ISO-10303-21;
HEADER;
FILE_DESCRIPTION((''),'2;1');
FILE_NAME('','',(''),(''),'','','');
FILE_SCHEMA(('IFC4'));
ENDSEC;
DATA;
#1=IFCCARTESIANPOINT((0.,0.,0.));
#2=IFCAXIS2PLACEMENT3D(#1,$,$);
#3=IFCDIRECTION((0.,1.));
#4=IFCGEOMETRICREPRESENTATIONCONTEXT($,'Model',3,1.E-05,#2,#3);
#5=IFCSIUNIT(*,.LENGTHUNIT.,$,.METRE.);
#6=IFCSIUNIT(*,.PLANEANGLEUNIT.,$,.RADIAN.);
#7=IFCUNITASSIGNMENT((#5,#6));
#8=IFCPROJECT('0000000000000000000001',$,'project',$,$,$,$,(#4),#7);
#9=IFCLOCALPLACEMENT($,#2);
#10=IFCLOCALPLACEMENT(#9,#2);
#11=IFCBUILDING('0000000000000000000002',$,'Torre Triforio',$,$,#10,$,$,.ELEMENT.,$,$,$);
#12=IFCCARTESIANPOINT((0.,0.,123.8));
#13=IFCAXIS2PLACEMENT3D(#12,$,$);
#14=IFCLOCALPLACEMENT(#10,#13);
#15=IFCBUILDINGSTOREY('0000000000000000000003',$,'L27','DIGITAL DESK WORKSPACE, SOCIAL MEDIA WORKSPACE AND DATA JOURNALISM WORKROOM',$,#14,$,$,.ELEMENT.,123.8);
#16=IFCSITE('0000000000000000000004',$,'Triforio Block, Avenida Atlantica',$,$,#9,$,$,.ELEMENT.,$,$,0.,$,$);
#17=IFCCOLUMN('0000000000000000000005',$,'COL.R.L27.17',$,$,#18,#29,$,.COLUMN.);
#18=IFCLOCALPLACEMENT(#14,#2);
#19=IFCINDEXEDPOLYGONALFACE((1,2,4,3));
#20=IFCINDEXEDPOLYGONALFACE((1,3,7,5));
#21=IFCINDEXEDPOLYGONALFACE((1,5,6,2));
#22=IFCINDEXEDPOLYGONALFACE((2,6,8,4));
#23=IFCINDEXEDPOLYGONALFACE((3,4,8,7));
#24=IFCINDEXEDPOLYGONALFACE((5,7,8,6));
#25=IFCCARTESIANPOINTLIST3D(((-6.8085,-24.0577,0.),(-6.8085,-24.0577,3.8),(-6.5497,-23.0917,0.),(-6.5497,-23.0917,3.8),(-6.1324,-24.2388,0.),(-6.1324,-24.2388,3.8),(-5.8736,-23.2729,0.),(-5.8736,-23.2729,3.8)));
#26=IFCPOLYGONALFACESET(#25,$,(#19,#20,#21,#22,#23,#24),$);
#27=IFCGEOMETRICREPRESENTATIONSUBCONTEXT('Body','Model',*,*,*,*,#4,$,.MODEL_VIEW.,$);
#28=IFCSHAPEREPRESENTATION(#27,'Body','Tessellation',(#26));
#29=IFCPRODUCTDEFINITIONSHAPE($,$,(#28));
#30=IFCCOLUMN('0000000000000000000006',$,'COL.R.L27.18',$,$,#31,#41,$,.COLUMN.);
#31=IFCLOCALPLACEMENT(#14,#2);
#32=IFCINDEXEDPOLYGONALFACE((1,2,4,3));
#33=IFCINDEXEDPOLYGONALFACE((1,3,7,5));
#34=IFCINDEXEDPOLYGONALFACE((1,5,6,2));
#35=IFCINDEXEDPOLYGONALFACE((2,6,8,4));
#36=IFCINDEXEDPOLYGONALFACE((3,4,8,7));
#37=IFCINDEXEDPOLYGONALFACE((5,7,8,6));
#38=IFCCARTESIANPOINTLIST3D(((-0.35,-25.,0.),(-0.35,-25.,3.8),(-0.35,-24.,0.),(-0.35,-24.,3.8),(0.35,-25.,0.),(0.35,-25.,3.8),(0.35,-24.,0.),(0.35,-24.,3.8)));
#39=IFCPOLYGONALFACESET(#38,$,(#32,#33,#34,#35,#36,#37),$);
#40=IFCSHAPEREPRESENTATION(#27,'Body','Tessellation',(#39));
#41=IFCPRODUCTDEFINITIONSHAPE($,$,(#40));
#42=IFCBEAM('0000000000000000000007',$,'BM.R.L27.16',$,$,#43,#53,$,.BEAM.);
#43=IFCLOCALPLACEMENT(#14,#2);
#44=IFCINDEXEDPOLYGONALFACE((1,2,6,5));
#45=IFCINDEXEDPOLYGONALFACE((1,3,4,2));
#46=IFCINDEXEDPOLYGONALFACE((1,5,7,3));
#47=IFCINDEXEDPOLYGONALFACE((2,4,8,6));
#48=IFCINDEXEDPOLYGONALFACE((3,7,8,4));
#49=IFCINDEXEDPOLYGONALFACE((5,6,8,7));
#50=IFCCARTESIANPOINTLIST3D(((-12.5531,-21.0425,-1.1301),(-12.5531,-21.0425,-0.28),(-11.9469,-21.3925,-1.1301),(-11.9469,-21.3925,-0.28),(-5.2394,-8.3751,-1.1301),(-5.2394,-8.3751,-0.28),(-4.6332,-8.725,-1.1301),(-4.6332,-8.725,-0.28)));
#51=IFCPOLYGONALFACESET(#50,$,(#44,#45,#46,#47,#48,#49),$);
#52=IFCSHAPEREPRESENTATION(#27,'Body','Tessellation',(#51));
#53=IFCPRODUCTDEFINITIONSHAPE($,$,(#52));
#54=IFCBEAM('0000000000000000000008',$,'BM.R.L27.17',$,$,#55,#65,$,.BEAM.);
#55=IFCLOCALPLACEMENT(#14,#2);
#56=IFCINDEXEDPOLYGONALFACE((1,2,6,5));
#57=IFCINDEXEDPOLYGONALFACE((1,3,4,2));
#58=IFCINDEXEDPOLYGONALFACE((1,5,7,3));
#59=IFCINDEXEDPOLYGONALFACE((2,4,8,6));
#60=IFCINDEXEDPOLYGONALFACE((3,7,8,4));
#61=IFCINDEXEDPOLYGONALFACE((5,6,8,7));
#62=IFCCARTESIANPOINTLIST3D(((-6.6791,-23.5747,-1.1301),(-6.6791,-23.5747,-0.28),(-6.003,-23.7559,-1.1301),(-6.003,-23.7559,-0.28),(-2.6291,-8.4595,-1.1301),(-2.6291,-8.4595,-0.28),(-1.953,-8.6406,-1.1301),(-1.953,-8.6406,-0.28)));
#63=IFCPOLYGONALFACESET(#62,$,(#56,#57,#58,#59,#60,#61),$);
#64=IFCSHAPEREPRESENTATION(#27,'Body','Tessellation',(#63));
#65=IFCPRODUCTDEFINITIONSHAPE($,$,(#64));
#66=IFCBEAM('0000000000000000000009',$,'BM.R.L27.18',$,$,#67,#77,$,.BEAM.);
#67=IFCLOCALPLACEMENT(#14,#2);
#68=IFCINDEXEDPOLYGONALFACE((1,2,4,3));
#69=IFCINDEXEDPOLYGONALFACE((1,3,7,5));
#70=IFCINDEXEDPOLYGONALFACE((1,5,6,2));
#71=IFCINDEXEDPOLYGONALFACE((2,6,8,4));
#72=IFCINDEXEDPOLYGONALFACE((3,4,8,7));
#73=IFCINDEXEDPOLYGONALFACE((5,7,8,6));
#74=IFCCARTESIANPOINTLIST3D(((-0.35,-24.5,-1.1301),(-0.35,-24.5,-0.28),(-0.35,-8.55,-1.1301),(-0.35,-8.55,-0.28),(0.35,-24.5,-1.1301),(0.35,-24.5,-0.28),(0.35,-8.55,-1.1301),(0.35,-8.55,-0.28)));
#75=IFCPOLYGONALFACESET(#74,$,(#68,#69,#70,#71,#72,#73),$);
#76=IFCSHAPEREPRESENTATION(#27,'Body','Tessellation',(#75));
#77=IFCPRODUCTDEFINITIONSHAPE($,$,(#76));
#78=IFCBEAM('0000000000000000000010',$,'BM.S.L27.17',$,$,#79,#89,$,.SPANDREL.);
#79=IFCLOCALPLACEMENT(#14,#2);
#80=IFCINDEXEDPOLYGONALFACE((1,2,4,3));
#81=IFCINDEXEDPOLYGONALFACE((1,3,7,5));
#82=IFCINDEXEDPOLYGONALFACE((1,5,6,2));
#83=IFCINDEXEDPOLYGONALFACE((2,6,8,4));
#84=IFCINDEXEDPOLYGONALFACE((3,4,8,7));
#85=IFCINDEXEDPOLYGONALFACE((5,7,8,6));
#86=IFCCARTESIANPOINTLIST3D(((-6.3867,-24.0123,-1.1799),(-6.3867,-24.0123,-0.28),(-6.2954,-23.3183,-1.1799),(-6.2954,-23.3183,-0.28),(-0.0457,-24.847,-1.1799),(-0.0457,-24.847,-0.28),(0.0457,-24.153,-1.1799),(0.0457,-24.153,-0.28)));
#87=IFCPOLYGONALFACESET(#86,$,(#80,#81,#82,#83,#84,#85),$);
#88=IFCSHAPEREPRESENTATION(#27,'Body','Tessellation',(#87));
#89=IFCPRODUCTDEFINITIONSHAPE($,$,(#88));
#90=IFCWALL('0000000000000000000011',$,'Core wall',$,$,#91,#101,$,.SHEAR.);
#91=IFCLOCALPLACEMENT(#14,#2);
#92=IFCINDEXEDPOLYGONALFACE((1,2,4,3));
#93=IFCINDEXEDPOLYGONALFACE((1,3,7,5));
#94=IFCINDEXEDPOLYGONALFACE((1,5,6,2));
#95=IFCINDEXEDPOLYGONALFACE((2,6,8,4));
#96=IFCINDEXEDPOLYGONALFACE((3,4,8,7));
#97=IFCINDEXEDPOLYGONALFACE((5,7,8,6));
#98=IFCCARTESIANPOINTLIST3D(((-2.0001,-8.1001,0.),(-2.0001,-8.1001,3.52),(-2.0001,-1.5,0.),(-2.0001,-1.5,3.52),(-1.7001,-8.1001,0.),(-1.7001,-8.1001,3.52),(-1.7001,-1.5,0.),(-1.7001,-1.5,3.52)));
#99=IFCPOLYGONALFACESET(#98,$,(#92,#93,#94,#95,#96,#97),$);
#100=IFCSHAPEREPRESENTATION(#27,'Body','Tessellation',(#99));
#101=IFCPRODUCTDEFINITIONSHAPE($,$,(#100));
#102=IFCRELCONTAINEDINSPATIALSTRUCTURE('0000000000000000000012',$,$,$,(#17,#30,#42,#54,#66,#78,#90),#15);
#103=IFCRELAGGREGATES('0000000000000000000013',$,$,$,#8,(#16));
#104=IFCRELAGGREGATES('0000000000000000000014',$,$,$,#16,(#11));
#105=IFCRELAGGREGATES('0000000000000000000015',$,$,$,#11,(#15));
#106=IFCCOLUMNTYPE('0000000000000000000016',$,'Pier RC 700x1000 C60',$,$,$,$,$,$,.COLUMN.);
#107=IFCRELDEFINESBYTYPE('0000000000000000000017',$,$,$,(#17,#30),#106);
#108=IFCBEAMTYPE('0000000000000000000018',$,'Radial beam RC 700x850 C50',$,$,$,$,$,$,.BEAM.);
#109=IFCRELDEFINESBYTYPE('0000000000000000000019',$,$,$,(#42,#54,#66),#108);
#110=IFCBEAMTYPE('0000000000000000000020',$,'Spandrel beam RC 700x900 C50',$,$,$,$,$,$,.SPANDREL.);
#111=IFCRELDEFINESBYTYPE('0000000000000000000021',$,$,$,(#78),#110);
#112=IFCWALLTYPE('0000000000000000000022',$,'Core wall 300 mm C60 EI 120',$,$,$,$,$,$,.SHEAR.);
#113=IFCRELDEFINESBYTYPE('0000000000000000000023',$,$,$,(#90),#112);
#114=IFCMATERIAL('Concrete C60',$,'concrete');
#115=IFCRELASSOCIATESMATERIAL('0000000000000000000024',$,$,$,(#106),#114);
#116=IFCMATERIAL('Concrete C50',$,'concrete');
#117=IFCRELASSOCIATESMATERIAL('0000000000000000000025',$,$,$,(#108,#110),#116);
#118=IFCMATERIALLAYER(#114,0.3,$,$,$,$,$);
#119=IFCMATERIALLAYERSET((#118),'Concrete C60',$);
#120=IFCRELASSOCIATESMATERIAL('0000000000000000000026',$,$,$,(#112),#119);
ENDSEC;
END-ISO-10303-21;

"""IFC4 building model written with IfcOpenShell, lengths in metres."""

from ifc_helpers import new_model, si_unit, direction, frame, frame_2d, origin, origin_2d, place, context, subcontext, project, spatial, rectangle, extrude, material, layer, layer_set, material_profile, profile_set, type_object, element, save


model = new_model("IFC4")

# Units and contexts
model_context = context("Model", 3, precision=1e-05, world=origin(), true_north=direction((0.0, 1.0)))
body_context = subcontext(model_context, "Body", "Model", "MODEL_VIEW")
ifc_project = project(units=[si_unit("LENGTHUNIT", "METRE"), si_unit("PLANEANGLEUNIT", "RADIAN")], contexts=[model_context])

# Site, building, storey
site_placement = place(None, origin())
site = spatial("IfcSite", under=ifc_project, at=site_placement, Name="Triforio Block, Avenida Atlantica", CompositionType="ELEMENT", RefElevation=0.0)
building_placement = place(site_placement, origin())
building = spatial("IfcBuilding", under=site, at=building_placement, Name="Torre Triforio", CompositionType="ELEMENT")
storey_placement = place(building_placement, frame((0.0, 0.0, 123.8)))
storey = spatial("IfcBuildingStorey", under=building, at=storey_placement, Name="L27", Description="DIGITAL DESK WORKSPACE, SOCIAL MEDIA WORKSPACE AND DATA JOURNALISM WORKROOM", CompositionType="ELEMENT", Elevation=123.8)

# Columns
ifc_material_1 = material(Name="Concrete C60", Category="concrete")
ifc_material_profile_1 = material_profile(ifc_material_1, rectangle(XDim=0.7, YDim=1.0, at=origin_2d()), Name="RC 700x1000")
ifc_profile_set_1 = profile_set([ifc_material_profile_1], Name="Concrete C60")
column_type = type_object("IfcColumnType", Name="Pier RC 700x1000 C60", PredefinedType="COLUMN", material=ifc_profile_set_1)
for number, where, z_axis, x_axis, name in (
    (1, (-6.3411, -23.6653, 0.0), (0.0, 0.0, 1.0), (0.965926, -0.258819, 0.0), "COL.R.L27.17"),
    (2, (0.0, -24.5, 0.0), (0.0, 0.0, 1.0), (1.0, 0.0, 0.0), "COL.R.L27.18"),
):
    element("IfcColumn", number, at=place(storey_placement, frame(where, z_axis=z_axis, x_axis=x_axis)), inside=storey, type_object=column_type, Name=name, PredefinedType="COLUMN", context=body_context, shape_type="SweptSolid", body=[
        extrude(rectangle(XDim=0.7, YDim=1.0, at=origin_2d()), origin(), (0.0, 0.0, 1.0), 3.8),
    ])

# Beams
ifc_material_2 = material(Name="Concrete C50", Category="concrete")
ifc_material_profile_2 = material_profile(ifc_material_2, rectangle(XDim=0.7, YDim=0.8501, at=origin_2d()), Name="RC 700x850")
ifc_profile_set_2 = profile_set([ifc_material_profile_2], Name="Concrete C50")
beam_type_1 = type_object("IfcBeamType", Name="Radial beam RC 700x850 C50", PredefinedType="BEAM", material=ifc_profile_set_2)
beam_1_placement = place(storey_placement, frame((-4.9363, -8.55, -0.7051), z_axis=(-0.500008, -0.866021, 0.0), x_axis=(0.866021, -0.500008, 0.0)))
element("IfcBeam", 3, at=beam_1_placement, inside=storey, type_object=beam_type_1, Name="BM.R.L27.16", PredefinedType="BEAM", context=body_context, shape_type="SweptSolid", body=[
    extrude(rectangle(XDim=0.7, YDim=0.8501, at=origin_2d()), origin(), (0.0, 0.0, 1.0), 14.6272),
])
beam_2_placement = place(storey_placement, frame((-2.291, -8.55, -0.7051), z_axis=(-0.258815, -0.965927, 0.0), x_axis=(0.965927, -0.258815, 0.0)))
element("IfcBeam", 4, at=beam_2_placement, inside=storey, type_object=beam_type_1, Name="BM.R.L27.17", PredefinedType="BEAM", context=body_context, shape_type="SweptSolid", body=[
    extrude(rectangle(XDim=0.7, YDim=0.8501, at=origin_2d()), origin(), (0.0, 0.0, 1.0), 15.6484),
])
beam_3_placement = place(storey_placement, frame((0.0, -8.55, -0.7051), z_axis=(0.0, -1.0, 0.0), x_axis=(1.0, 0.0, 0.0)))
element("IfcBeam", 5, at=beam_3_placement, inside=storey, type_object=beam_type_1, Name="BM.R.L27.18", PredefinedType="BEAM", context=body_context, shape_type="SweptSolid", body=[
    extrude(rectangle(XDim=0.7, YDim=0.8501, at=origin_2d()), origin(), (0.0, 0.0, 1.0), 15.95),
])
ifc_material_profile_3 = material_profile(ifc_material_2, rectangle(XDim=0.7, YDim=0.8999, at=origin_2d()), Name="RC 700x900")
ifc_profile_set_3 = profile_set([ifc_material_profile_3], Name="Concrete C50")
beam_type_2 = type_object("IfcBeamType", Name="Spandrel beam RC 700x900 C50", PredefinedType="SPANDREL", material=ifc_profile_set_3)
beam_4_placement = place(storey_placement, frame((-6.3411, -23.6653, -0.73), z_axis=(0.991447, -0.130511, 0.0), x_axis=(0.130511, 0.991447, 0.0)))
element("IfcBeam", 6, at=beam_4_placement, inside=storey, type_object=beam_type_2, Name="BM.S.L27.17", PredefinedType="SPANDREL", context=body_context, shape_type="SweptSolid", body=[
    extrude(rectangle(XDim=0.7, YDim=0.8999, at=origin_2d()), origin(), (0.0, 0.0, 1.0), 6.3958),
])

# Wall
ifc_layer_1 = layer(ifc_material_1, 0.3)
ifc_layer_set_1 = layer_set([ifc_layer_1], Name="Concrete C60")
wall_type_1 = type_object("IfcWallType", Name="Core wall 300 mm C60 EI 120", PredefinedType="SHEAR", material=ifc_layer_set_1)
wall_1_placement = place(storey_placement, frame((-1.8501, -8.1001, 0.0), z_axis=(0.0, 0.0, 1.0), x_axis=(0.0, 1.0, 0.0)))
element("IfcWall", 7, at=wall_1_placement, inside=storey, type_object=wall_type_1, Name="Core wall", PredefinedType="SHEAR", context=body_context, shape_type="SweptSolid", body=[
    extrude(rectangle(XDim=6.6001, YDim=0.3, at=frame_2d((3.3, 0.0))), origin(), (0.0, 0.0, 1.0), 3.52),
])

save(model, "model.ifc")
